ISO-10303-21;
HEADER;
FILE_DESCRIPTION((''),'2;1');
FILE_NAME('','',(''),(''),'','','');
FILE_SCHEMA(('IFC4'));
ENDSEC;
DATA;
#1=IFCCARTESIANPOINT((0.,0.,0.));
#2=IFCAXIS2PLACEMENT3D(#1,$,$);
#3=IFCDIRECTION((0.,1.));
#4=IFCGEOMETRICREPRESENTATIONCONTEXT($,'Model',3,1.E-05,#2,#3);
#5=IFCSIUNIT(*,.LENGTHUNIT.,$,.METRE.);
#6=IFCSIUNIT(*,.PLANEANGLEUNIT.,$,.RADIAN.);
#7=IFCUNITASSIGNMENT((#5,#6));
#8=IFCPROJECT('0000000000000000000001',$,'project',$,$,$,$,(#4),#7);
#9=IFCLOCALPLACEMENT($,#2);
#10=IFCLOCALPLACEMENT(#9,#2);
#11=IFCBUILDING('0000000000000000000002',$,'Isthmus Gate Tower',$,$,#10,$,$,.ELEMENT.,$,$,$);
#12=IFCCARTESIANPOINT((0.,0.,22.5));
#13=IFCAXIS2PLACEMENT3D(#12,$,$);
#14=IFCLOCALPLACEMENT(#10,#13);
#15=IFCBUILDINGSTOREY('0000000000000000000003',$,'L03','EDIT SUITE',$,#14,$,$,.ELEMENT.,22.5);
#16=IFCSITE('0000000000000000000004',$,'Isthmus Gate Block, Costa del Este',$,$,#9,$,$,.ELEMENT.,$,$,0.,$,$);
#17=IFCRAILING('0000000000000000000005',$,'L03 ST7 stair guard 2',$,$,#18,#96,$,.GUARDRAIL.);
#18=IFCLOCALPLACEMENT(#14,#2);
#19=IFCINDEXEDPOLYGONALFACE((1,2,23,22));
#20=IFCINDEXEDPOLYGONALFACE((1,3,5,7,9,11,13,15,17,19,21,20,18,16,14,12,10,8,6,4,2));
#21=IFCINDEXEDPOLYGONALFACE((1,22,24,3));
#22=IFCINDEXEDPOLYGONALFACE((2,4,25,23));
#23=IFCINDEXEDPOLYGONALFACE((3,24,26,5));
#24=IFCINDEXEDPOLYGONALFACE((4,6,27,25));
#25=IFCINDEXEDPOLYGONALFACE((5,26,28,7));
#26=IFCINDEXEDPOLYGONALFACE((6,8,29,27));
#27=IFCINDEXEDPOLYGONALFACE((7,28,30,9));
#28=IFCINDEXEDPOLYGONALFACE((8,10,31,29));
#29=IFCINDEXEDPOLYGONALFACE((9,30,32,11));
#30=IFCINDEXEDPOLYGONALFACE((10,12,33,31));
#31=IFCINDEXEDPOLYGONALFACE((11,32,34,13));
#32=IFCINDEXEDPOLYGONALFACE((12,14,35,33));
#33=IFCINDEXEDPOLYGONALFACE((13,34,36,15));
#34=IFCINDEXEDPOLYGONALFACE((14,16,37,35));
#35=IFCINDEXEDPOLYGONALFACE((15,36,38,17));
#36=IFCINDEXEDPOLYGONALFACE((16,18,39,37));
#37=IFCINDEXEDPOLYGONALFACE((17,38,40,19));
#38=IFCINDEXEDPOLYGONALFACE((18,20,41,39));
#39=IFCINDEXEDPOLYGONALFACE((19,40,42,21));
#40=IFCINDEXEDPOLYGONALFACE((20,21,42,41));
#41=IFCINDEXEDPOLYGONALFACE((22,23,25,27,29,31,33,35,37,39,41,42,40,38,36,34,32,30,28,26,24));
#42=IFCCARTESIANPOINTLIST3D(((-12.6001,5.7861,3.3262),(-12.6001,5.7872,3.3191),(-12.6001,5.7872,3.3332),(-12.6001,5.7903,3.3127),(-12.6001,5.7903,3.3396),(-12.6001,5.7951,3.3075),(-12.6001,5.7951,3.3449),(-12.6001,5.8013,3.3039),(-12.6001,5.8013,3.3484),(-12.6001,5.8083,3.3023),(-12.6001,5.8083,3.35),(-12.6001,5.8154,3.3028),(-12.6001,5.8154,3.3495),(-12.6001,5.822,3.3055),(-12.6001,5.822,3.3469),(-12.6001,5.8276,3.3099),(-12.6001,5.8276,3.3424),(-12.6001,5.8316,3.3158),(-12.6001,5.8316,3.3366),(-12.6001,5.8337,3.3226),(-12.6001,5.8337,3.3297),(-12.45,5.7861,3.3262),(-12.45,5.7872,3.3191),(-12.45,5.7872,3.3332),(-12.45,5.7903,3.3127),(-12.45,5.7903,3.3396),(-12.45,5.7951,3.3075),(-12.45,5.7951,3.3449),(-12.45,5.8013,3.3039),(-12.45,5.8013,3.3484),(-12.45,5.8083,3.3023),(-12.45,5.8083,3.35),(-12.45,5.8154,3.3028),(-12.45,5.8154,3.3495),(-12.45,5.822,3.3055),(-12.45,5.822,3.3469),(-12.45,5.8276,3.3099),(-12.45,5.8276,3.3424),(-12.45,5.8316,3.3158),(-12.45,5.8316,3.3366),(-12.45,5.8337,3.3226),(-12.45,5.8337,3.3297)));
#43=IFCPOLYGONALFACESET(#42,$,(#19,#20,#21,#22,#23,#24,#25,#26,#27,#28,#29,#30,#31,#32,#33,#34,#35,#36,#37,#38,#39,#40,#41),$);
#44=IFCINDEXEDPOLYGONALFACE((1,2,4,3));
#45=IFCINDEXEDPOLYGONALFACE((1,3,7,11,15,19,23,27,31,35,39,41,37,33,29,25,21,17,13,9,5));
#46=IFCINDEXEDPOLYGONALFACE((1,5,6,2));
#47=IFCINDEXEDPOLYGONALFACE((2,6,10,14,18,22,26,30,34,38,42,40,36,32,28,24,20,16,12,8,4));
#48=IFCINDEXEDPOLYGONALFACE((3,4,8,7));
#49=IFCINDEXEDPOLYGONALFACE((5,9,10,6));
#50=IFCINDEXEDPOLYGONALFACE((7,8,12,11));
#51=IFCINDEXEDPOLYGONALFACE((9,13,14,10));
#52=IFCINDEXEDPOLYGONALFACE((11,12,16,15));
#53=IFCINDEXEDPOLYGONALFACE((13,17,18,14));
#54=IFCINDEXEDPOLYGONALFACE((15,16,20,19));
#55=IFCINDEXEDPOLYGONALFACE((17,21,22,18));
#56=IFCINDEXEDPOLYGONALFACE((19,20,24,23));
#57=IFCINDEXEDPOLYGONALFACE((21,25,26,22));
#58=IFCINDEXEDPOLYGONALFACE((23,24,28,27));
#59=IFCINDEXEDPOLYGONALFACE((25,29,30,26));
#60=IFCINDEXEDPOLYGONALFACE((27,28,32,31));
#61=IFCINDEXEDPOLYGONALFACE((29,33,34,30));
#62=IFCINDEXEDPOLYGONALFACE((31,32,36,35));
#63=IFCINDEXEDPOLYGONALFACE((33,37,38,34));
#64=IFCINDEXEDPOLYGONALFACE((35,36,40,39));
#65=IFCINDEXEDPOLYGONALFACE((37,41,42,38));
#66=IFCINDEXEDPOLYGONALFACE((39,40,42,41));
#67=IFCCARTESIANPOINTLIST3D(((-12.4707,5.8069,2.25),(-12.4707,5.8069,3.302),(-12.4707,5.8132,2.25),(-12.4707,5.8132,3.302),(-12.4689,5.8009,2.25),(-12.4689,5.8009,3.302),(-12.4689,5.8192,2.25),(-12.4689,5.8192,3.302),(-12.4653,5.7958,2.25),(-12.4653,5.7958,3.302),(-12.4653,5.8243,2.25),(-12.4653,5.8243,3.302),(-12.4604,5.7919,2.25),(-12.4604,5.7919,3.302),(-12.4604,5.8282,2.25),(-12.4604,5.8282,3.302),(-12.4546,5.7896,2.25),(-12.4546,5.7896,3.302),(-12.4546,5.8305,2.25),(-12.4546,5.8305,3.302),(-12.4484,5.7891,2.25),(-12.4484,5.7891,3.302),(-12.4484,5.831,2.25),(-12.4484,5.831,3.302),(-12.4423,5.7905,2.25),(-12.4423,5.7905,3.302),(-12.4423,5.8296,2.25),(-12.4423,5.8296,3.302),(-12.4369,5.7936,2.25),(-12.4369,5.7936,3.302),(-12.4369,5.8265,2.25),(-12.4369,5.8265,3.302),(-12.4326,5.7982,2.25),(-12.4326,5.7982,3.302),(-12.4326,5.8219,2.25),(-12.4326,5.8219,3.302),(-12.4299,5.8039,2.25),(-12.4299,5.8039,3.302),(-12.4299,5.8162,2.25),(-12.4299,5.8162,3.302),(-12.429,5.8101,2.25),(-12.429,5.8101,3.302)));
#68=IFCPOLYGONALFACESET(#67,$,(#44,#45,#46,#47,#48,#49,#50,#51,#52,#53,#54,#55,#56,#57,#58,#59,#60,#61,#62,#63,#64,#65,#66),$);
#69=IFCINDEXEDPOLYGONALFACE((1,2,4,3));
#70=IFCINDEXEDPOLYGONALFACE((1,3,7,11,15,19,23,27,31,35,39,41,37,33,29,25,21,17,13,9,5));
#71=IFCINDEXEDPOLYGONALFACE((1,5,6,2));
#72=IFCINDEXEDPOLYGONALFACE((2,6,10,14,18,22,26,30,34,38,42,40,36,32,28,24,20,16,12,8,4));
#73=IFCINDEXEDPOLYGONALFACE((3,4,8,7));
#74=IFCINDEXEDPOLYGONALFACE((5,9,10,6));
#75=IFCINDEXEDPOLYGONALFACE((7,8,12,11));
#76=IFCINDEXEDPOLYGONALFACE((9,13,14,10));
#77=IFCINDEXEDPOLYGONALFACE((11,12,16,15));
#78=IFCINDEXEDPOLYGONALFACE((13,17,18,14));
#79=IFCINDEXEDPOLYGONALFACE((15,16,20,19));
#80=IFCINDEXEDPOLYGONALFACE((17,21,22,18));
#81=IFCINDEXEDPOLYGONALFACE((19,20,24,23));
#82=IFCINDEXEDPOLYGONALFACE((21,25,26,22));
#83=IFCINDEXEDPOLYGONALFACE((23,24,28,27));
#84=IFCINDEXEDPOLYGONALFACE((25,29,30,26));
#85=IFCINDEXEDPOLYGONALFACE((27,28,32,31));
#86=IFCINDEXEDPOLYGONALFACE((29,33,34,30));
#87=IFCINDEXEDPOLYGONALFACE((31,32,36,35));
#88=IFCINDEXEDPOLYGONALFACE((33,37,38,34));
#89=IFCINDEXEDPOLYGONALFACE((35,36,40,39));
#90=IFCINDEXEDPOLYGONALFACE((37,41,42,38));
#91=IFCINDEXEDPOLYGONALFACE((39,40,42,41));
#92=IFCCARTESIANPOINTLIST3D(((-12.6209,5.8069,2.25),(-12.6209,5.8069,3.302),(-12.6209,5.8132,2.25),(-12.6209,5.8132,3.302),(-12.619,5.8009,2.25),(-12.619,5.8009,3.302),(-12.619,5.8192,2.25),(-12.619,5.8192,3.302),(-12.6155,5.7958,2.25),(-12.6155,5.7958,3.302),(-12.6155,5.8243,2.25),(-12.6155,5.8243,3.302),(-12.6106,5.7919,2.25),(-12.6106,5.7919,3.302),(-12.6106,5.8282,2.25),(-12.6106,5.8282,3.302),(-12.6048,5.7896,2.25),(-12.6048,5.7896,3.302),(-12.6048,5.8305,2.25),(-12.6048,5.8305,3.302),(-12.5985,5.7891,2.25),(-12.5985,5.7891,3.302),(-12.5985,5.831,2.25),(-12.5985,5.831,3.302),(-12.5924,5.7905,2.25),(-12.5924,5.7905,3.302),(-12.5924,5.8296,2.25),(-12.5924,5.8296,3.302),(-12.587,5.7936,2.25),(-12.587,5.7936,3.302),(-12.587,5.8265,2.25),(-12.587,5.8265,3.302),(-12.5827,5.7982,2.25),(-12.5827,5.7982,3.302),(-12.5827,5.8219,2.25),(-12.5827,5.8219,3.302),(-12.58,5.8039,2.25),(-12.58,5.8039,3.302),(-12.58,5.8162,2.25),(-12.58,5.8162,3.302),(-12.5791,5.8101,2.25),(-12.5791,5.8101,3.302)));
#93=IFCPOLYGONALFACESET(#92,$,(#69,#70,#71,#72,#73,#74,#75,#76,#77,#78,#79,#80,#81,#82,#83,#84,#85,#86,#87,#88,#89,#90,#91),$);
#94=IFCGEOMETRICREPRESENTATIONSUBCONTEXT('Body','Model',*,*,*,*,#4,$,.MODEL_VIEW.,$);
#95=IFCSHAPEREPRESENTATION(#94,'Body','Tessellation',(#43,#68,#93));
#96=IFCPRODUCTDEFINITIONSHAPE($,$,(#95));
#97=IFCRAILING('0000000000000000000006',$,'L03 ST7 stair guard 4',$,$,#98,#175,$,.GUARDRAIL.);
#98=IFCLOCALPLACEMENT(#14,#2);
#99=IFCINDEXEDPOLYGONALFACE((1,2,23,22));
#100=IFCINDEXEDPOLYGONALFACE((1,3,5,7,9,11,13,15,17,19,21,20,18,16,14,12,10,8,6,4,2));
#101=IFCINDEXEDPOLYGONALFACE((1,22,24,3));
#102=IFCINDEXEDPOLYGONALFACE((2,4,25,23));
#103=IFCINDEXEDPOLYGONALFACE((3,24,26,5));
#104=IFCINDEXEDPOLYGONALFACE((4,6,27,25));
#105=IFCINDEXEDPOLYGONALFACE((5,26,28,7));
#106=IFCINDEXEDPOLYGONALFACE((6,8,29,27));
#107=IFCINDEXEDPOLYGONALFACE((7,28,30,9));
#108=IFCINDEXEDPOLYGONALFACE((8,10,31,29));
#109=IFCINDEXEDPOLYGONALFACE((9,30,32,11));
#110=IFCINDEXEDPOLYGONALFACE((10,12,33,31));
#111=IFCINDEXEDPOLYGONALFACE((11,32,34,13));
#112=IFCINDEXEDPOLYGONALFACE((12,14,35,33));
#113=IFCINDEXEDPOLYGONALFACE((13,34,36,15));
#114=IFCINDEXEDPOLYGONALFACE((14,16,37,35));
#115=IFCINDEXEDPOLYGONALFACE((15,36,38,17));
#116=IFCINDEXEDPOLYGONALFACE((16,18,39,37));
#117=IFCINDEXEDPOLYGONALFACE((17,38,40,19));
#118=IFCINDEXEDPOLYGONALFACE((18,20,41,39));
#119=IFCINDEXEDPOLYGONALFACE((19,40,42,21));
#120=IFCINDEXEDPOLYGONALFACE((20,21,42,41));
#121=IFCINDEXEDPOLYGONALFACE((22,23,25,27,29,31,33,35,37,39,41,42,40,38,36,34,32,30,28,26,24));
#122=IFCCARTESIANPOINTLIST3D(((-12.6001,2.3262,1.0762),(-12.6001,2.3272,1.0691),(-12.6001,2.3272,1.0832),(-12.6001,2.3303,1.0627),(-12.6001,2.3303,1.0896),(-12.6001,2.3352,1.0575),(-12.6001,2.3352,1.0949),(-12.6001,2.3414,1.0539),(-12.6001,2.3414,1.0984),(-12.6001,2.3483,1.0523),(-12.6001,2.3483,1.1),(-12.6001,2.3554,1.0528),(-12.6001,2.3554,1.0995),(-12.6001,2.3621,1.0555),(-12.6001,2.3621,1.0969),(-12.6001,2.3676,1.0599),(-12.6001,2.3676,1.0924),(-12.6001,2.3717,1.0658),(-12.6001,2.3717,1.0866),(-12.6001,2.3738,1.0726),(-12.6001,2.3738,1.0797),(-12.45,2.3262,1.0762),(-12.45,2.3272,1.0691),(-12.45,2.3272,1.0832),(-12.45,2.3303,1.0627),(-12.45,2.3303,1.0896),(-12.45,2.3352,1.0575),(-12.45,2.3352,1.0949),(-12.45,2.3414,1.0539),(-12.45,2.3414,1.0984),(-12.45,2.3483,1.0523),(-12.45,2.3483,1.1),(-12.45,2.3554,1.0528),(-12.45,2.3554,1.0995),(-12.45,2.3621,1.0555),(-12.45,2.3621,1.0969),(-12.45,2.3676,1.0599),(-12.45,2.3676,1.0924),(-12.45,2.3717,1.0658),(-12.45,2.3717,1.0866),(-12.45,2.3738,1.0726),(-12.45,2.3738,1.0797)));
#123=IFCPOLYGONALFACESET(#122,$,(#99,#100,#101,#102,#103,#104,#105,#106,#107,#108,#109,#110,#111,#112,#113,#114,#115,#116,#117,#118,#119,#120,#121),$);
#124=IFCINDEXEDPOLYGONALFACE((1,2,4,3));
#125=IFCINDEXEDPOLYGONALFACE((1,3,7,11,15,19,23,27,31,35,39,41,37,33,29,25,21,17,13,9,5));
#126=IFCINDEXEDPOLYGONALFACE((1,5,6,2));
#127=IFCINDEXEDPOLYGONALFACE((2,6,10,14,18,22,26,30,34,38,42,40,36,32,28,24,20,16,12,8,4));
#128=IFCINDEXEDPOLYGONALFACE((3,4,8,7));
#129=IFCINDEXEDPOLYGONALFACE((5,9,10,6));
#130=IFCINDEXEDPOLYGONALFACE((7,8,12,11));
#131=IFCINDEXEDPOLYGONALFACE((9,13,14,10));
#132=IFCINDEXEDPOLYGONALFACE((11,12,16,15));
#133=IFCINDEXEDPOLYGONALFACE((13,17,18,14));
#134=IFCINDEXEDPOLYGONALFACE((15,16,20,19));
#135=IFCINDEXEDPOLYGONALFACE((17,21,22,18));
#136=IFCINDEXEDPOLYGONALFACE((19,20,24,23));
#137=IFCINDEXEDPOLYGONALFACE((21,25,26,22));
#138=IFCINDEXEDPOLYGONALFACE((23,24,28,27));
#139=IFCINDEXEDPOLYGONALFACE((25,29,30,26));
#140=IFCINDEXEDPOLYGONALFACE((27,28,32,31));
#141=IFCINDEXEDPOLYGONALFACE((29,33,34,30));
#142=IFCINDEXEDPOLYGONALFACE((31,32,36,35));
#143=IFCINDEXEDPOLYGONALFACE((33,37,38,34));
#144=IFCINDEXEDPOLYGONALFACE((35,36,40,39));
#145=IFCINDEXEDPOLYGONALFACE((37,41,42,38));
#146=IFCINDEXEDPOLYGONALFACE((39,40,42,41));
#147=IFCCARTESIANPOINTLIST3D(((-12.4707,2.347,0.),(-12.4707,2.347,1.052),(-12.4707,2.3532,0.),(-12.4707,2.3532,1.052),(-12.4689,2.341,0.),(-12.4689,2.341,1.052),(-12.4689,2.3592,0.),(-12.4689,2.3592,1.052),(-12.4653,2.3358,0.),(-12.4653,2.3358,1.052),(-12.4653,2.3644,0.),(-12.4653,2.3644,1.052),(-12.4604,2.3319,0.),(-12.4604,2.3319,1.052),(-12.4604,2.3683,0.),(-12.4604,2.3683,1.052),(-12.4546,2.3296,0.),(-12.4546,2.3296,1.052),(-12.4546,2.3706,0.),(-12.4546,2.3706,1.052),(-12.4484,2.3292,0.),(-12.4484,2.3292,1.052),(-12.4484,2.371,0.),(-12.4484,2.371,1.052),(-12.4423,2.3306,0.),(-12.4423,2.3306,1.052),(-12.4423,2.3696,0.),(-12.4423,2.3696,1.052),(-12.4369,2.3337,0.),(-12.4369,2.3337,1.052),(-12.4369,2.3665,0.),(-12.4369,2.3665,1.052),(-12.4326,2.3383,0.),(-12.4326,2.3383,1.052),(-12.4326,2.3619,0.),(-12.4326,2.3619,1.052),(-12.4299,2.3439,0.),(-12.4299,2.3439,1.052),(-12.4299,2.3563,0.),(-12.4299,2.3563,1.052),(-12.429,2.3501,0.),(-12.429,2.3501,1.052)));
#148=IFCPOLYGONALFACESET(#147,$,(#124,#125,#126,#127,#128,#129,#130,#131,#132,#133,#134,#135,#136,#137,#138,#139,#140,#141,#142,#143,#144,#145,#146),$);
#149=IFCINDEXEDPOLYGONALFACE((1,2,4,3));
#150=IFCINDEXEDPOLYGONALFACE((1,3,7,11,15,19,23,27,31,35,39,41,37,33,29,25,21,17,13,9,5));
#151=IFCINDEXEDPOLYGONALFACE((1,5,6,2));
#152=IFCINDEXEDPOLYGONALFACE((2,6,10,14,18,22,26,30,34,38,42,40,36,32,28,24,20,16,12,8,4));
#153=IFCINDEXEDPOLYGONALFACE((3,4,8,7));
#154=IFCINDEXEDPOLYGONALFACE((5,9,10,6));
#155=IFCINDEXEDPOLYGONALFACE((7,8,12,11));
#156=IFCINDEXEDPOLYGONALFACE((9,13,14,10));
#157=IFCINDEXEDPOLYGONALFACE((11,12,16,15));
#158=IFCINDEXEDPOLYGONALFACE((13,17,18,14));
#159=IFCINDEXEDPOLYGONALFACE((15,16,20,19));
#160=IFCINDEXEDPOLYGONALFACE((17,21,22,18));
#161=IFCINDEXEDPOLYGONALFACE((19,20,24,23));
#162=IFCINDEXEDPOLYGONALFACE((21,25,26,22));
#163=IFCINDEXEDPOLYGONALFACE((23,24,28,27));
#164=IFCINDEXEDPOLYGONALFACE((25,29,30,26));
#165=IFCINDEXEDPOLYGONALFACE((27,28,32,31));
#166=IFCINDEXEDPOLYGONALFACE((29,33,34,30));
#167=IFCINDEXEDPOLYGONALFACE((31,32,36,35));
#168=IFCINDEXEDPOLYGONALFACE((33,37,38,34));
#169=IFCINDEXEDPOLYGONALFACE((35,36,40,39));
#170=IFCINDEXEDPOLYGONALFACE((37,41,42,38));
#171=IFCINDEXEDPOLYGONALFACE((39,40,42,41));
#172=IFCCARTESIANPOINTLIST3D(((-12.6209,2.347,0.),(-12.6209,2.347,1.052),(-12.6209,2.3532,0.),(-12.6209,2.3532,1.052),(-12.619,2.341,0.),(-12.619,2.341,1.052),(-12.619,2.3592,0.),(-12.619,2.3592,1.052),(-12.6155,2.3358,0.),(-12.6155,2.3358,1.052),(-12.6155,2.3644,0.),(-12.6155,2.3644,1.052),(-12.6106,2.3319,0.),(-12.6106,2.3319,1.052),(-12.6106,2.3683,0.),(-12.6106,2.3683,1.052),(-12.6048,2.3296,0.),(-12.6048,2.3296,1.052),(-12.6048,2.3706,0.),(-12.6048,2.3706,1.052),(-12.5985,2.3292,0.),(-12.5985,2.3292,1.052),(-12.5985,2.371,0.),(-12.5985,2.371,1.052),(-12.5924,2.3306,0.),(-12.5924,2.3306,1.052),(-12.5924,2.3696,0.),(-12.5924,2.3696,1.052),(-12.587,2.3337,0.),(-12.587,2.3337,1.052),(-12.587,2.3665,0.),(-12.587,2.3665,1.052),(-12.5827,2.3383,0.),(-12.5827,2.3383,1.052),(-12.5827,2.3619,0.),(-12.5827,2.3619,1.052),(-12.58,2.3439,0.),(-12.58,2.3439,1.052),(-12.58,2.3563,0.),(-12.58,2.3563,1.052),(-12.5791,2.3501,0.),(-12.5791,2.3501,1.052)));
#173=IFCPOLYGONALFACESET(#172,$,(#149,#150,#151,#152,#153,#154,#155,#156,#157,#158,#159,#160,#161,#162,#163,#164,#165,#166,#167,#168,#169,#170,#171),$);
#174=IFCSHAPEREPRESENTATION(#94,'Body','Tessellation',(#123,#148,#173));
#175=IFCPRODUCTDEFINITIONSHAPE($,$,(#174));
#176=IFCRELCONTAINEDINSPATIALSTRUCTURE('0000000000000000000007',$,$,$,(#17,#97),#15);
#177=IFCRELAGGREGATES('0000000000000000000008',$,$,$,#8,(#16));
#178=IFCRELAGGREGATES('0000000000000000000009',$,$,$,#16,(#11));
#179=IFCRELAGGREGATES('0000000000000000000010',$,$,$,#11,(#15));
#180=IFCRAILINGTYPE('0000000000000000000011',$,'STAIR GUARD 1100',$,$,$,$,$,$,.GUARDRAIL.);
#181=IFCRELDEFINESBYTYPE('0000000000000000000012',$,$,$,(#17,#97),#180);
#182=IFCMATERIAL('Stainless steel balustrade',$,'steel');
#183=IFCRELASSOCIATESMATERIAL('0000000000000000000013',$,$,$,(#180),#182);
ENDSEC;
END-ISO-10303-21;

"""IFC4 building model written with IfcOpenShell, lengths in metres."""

from ifc_helpers import new_model, si_unit, direction, frame, origin, origin_2d, place, context, subcontext, project, spatial, circle, extrude, material, type_object, element, save


model = new_model("IFC4")

# Units and contexts
model_context = context("Model", 3, precision=1e-05, world=origin(), true_north=direction((0.0, 1.0)))
body_context = subcontext(model_context, "Body", "Model", "MODEL_VIEW")
ifc_project = project(units=[si_unit("LENGTHUNIT", "METRE"), si_unit("PLANEANGLEUNIT", "RADIAN")], contexts=[model_context])

# Site, building, storey
site_placement = place(None, origin())
site = spatial("IfcSite", under=ifc_project, at=site_placement, Name="Isthmus Gate Block, Costa del Este", CompositionType="ELEMENT", RefElevation=0.0)
building_placement = place(site_placement, origin())
building = spatial("IfcBuilding", under=site, at=building_placement, Name="Isthmus Gate Tower", CompositionType="ELEMENT")
storey_placement = place(building_placement, frame((0.0, 0.0, 22.5)))
storey = spatial("IfcBuildingStorey", under=building, at=storey_placement, Name="L03", Description="EDIT SUITE", CompositionType="ELEMENT", Elevation=22.5)

# Railings
ifc_material_1 = material(Name="Stainless steel balustrade", Category="steel")
railing_type_1 = type_object("IfcRailingType", Name="STAIR GUARD 1100", PredefinedType="GUARDRAIL", material=ifc_material_1)
for number, where, name in (
    (1, (-12.45, 5.8101, 2.25), "L03 ST7 stair guard 2"),
    (2, (-12.45, 2.3501, 0.0), "L03 ST7 stair guard 4"),
):
    element("IfcRailing", number, at=place(storey_placement, frame(where)), inside=storey, type_object=railing_type_1, Name=name, PredefinedType="GUARDRAIL", context=body_context, shape_type="SweptSolid", body=[
        extrude(circle(Radius=0.0239, at=origin_2d()), frame((0.0, 0.0, 1.0762), z_axis=(-1.0, 0.0, 0.0), x_axis=(0.0, -1.0, 0.0)), (0.0, 0.0, 1.0), 0.1501),
        extrude(circle(Radius=0.021, at=origin_2d()), origin(), (0.0, 0.0, 1.0), 1.052),
        extrude(circle(Radius=0.021, at=origin_2d()), frame((-0.1501, 0.0, 0.0)), (0.0, 0.0, 1.0), 1.052),
    ])

save(model, "model.ifc")
